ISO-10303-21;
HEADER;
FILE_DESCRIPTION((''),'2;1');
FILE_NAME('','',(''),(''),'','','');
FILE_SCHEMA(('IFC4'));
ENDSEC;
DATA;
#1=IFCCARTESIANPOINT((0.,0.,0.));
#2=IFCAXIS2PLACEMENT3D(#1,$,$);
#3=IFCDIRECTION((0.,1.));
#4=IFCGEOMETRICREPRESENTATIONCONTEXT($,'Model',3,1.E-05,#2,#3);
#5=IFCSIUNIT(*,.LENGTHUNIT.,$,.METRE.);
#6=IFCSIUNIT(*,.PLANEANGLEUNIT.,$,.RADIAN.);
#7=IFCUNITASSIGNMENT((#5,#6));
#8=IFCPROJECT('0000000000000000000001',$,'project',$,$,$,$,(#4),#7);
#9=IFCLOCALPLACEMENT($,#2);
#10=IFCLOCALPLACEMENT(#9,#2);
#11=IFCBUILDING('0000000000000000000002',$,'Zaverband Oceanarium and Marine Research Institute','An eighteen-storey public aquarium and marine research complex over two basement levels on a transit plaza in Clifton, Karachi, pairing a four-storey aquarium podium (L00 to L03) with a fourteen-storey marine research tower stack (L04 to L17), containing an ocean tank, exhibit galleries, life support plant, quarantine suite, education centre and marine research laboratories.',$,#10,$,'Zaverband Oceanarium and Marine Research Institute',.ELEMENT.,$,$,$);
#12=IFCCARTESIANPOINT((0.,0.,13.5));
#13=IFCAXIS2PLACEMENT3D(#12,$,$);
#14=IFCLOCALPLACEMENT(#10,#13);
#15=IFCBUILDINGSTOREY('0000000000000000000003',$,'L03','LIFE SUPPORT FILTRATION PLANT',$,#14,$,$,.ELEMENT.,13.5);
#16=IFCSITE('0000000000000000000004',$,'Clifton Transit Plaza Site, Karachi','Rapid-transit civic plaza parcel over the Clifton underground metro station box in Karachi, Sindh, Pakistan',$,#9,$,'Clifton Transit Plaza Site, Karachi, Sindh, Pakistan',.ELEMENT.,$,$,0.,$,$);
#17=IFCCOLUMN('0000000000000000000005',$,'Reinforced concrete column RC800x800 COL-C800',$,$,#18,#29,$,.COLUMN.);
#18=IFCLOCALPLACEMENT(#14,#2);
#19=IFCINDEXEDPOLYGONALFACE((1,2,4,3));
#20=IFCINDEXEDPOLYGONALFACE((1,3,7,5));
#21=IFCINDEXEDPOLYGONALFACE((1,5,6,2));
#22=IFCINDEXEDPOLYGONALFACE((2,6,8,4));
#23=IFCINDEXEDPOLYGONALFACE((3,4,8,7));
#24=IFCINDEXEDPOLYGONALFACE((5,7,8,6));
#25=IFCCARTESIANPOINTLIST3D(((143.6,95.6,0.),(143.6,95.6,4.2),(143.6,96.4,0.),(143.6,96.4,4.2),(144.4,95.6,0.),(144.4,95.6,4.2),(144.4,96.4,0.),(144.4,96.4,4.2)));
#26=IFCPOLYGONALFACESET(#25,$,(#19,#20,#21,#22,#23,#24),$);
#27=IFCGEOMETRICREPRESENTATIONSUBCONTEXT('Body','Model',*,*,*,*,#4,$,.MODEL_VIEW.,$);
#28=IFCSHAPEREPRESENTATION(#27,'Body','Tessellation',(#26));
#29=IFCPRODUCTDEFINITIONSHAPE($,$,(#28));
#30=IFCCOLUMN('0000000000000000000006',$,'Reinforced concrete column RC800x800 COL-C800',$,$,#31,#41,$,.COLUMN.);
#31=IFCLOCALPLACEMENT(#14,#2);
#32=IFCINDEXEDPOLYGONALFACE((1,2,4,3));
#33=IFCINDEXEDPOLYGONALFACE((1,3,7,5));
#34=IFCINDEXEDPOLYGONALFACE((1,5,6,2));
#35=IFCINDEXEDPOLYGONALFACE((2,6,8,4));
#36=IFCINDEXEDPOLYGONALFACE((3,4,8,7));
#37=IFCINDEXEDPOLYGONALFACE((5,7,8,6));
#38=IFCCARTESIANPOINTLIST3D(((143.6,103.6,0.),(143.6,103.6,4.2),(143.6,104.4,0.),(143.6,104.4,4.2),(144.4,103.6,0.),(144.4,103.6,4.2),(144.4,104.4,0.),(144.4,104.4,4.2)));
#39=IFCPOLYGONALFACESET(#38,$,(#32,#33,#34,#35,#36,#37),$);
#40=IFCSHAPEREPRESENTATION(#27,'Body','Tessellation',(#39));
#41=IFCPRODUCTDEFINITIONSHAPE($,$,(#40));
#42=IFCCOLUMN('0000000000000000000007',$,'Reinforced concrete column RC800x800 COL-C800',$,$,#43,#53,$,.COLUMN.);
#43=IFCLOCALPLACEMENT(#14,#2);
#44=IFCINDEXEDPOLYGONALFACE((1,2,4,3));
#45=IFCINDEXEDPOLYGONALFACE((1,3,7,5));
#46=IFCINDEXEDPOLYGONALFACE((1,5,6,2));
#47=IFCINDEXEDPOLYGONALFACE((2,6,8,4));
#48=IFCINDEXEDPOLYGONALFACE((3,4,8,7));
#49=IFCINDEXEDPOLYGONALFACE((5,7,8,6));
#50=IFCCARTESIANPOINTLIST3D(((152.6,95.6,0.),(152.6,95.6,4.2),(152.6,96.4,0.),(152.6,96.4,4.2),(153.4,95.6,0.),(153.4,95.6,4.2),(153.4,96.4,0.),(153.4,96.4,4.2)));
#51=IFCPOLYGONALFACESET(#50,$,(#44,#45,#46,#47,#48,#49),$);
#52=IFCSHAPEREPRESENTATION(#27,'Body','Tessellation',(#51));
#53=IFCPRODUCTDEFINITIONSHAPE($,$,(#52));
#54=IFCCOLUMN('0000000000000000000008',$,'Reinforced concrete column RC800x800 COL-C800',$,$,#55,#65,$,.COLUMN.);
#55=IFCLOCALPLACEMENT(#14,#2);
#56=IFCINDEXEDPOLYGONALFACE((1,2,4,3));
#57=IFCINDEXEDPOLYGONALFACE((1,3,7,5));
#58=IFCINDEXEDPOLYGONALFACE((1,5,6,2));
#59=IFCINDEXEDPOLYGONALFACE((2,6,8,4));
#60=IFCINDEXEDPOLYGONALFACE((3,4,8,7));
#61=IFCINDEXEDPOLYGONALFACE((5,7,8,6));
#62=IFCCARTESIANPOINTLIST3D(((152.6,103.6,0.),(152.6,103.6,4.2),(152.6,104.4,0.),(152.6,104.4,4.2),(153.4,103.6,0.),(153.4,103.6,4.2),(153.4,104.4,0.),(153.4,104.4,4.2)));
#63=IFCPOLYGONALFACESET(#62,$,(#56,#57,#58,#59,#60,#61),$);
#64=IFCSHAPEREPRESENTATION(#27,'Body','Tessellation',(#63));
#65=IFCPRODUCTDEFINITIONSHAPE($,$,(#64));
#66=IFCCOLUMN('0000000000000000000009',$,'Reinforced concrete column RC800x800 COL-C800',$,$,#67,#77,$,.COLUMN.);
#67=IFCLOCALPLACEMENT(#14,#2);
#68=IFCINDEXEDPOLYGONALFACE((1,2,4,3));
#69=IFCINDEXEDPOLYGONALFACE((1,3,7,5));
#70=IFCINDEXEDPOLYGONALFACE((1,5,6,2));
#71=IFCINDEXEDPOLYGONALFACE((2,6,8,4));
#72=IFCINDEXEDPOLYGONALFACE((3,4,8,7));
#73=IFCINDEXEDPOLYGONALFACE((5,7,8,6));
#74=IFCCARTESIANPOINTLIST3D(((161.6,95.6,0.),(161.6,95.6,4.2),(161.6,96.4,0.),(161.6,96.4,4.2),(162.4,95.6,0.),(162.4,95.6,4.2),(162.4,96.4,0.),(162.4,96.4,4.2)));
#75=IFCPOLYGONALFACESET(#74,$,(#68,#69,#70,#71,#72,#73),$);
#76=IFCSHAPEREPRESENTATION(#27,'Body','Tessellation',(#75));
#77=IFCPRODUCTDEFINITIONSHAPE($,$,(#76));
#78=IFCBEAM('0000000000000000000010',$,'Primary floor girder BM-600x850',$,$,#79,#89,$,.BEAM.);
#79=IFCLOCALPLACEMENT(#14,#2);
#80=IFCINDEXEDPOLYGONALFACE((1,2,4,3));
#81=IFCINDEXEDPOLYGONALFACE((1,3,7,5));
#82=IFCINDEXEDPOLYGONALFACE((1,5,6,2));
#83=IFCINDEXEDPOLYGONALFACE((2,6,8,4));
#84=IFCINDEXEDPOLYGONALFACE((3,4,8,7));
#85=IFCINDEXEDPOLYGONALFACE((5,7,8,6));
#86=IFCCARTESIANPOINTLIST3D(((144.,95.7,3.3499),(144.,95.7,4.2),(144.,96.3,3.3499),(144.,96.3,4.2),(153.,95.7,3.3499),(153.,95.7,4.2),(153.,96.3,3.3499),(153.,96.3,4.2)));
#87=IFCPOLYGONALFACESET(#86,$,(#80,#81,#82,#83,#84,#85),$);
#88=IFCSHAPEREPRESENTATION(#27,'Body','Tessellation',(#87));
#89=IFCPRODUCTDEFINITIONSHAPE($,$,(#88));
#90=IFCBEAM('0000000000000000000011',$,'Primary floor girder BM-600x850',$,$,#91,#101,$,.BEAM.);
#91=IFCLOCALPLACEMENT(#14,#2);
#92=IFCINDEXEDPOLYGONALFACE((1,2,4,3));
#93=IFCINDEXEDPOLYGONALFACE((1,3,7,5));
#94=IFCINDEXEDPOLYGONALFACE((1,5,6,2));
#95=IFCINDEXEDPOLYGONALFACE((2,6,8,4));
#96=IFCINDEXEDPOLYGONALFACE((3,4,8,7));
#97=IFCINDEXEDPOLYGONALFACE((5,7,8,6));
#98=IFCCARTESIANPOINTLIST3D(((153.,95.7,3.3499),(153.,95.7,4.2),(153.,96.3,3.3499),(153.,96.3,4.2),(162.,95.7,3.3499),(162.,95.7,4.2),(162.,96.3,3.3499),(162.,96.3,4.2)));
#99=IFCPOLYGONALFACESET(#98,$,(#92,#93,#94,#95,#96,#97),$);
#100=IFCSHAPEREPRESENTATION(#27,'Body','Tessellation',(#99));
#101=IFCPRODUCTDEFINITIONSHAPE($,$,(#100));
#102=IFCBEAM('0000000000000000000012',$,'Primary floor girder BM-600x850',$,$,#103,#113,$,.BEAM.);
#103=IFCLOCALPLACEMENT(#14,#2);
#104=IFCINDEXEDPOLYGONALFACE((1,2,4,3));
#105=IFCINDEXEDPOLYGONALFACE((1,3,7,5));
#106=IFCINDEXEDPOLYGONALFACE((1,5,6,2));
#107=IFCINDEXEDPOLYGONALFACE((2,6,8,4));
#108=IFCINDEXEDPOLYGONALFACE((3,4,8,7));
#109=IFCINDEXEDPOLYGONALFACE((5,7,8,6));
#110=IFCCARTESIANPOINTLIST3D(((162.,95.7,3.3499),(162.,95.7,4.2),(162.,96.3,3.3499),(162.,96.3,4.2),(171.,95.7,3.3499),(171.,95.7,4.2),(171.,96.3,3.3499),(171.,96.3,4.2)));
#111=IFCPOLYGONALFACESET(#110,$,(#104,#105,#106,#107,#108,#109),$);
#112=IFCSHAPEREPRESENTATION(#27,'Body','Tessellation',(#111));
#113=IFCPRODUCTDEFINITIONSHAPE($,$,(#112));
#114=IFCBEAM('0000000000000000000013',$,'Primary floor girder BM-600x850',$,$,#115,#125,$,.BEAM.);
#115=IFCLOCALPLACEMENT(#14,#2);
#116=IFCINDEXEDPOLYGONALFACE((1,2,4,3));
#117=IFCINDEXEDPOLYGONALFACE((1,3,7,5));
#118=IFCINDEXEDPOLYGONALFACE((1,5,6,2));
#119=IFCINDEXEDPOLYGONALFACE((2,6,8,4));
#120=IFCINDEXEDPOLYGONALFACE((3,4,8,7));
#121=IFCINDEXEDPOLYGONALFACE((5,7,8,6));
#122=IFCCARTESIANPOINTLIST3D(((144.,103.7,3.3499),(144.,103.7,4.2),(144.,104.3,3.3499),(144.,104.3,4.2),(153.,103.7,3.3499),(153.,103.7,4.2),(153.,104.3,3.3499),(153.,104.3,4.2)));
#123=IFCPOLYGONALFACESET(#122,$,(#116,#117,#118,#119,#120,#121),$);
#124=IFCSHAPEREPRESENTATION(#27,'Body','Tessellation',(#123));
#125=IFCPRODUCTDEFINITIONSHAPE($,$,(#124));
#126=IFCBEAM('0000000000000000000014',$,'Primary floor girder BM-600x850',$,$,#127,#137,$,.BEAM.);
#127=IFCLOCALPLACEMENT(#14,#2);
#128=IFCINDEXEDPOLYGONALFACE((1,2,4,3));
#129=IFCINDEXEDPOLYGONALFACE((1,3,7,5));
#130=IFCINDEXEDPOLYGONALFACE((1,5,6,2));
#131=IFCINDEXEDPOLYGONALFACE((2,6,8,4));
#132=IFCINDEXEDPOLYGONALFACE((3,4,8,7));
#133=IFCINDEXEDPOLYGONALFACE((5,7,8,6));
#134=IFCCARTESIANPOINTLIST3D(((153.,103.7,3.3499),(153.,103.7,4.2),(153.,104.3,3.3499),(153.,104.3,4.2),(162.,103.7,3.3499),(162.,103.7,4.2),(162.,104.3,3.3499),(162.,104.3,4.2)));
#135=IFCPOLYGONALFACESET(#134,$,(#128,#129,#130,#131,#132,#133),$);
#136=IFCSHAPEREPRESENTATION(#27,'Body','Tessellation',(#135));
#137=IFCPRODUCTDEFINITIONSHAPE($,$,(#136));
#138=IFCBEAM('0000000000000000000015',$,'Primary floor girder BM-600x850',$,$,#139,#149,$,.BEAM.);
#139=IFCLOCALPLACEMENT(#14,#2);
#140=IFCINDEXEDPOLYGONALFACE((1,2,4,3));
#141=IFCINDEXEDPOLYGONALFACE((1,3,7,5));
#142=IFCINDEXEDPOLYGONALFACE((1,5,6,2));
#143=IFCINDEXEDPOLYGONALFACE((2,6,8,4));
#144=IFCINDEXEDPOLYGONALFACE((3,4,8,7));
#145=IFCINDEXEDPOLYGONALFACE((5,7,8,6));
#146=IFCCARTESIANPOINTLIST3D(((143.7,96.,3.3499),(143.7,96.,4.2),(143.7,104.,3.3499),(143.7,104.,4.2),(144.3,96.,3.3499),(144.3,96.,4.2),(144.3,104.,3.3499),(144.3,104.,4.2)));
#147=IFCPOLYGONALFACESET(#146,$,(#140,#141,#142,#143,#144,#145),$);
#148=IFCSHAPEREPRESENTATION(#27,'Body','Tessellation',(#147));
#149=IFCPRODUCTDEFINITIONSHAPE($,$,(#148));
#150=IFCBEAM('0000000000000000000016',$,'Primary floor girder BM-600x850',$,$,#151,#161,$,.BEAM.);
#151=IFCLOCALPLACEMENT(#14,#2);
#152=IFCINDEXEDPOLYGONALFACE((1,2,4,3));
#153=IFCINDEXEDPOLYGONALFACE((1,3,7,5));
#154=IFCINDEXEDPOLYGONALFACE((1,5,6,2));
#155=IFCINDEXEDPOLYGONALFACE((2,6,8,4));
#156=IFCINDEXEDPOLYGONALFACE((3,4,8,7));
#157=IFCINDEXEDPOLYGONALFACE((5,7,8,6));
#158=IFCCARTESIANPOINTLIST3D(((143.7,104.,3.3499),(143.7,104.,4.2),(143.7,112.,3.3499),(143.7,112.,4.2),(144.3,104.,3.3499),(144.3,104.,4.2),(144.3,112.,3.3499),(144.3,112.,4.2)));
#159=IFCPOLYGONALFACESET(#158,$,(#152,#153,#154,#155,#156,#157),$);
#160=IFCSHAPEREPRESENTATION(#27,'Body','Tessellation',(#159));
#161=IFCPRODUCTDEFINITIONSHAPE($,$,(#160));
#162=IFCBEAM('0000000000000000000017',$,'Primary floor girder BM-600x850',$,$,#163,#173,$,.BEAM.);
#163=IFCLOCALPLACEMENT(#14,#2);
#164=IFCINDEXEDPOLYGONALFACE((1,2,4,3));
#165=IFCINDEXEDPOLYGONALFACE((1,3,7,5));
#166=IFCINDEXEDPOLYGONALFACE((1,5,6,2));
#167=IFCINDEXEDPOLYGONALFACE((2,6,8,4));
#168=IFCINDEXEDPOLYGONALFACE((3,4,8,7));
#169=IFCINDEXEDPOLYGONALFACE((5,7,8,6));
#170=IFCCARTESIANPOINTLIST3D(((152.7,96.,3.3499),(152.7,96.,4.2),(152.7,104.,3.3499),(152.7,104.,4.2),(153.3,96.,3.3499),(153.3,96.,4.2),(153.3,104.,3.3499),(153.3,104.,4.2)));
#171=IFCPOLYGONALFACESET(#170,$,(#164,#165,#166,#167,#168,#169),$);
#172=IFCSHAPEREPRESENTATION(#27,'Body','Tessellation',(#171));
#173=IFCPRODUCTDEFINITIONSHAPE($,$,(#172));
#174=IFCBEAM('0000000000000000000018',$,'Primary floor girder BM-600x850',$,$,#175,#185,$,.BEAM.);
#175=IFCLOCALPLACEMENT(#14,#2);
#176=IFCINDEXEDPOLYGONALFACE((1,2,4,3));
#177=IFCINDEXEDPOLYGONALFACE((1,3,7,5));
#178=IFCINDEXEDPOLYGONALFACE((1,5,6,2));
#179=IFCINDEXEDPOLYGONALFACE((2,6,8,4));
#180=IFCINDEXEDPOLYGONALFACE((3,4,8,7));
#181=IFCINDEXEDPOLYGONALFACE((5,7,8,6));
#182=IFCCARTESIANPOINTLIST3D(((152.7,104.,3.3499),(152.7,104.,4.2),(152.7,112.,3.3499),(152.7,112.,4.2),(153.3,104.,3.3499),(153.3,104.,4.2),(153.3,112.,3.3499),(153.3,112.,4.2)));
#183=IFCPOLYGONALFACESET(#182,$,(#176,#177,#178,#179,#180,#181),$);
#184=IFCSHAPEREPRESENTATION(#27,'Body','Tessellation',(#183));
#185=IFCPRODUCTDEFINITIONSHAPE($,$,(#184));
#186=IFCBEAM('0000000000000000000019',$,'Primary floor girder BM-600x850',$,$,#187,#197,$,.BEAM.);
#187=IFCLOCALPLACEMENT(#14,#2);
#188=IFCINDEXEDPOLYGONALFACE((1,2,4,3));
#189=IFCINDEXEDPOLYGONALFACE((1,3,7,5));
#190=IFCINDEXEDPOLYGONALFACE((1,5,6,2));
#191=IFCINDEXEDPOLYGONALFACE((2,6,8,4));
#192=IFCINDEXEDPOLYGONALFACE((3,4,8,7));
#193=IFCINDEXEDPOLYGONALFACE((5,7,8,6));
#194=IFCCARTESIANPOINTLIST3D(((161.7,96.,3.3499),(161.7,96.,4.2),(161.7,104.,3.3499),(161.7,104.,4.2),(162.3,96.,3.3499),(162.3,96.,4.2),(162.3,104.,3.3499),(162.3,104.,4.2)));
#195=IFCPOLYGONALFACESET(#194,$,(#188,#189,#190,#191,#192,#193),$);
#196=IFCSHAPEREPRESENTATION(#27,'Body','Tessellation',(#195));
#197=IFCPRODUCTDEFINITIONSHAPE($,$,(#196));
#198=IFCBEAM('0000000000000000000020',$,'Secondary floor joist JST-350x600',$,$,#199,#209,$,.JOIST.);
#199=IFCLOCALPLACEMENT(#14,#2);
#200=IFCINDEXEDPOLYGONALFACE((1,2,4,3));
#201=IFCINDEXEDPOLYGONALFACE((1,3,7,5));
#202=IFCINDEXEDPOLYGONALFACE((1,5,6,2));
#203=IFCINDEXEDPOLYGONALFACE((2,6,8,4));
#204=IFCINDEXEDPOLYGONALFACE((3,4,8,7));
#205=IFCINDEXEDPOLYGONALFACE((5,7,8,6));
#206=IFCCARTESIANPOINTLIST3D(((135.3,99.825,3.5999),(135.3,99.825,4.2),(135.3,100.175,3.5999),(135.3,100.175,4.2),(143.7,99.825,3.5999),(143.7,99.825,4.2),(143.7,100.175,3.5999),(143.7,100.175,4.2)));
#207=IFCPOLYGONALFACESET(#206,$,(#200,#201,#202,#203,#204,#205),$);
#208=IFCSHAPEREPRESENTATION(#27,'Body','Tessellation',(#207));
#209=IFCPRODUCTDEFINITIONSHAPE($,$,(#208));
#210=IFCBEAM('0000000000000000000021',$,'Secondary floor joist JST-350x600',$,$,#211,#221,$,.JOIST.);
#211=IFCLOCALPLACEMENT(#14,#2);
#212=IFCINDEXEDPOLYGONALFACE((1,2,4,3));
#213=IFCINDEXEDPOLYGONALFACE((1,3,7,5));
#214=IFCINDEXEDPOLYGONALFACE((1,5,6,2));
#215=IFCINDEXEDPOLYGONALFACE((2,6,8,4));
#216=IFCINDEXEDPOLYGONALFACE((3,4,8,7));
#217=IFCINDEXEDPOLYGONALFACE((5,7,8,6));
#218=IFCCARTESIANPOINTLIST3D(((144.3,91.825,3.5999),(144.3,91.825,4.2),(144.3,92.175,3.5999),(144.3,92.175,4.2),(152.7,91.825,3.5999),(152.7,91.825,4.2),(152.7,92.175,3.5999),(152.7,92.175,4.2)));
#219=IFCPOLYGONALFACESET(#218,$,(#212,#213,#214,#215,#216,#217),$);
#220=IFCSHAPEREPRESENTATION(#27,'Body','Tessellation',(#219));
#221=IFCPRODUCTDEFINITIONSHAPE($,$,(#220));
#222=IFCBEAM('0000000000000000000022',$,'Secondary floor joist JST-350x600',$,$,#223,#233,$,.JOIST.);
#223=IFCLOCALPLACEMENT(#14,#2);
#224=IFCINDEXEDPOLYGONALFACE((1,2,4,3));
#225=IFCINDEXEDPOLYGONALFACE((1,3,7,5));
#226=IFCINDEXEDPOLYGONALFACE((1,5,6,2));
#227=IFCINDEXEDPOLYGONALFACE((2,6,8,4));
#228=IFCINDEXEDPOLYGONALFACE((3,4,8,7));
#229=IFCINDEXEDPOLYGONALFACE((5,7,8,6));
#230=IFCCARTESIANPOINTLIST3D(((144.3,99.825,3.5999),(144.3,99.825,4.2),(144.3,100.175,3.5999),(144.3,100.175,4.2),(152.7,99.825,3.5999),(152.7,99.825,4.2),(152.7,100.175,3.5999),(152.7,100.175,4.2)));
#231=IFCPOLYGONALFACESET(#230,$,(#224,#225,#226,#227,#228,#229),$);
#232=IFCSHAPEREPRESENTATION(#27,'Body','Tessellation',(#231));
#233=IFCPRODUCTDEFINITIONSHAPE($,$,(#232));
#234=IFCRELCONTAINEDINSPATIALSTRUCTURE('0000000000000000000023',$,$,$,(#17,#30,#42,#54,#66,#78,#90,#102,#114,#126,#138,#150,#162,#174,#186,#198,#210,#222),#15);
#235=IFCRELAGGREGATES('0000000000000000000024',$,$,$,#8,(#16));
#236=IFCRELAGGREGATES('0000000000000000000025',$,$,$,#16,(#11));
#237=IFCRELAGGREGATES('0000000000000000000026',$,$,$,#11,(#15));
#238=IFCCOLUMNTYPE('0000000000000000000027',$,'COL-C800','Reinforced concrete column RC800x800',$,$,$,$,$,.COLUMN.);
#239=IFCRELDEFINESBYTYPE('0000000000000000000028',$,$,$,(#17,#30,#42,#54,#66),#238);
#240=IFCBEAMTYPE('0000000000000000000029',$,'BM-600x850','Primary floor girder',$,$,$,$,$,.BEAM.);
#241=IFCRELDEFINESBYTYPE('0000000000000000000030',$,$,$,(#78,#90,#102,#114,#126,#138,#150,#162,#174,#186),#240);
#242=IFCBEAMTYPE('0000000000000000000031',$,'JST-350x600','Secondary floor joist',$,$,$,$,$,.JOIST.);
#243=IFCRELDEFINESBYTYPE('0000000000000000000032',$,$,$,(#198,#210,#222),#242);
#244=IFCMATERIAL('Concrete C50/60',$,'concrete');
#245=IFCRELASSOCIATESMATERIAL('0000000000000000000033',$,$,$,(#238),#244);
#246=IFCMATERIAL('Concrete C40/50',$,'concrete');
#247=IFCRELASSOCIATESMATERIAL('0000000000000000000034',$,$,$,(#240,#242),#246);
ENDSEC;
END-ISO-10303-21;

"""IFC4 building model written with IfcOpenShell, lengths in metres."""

from ifc_helpers import new_model, si_unit, direction, frame, origin, origin_2d, place, context, subcontext, project, spatial, rectangle, extrude, material, material_profile, profile_set, type_object, element, save


model = new_model("IFC4")

# Units and contexts
model_context = context("Model", 3, precision=1e-05, world=origin(), true_north=direction((0.0, 1.0)))
body_context = subcontext(model_context, "Body", "Model", "MODEL_VIEW")
ifc_project = project(units=[si_unit("LENGTHUNIT", "METRE"), si_unit("PLANEANGLEUNIT", "RADIAN")], contexts=[model_context])

# Site, building, storey
site_placement = place(None, origin())
site = spatial("IfcSite", under=ifc_project, at=site_placement, Name="Clifton Transit Plaza Site, Karachi", Description="Rapid-transit civic plaza parcel over the Clifton underground metro station box in Karachi, Sindh, Pakistan", LongName="Clifton Transit Plaza Site, Karachi, Sindh, Pakistan", CompositionType="ELEMENT", RefElevation=0.0)
building_placement = place(site_placement, origin())
building = spatial("IfcBuilding", under=site, at=building_placement, Name="Zaverband Oceanarium and Marine Research Institute", Description="An eighteen-storey public aquarium and marine research complex over two basement levels on a transit plaza in Clifton, Karachi, pairing a four-storey aquarium podium (L00 to L03) with a fourteen-storey marine research tower stack (L04 to L17), containing an ocean tank, exhibit galleries, life support plant, quarantine suite, education centre and marine research laboratories.", LongName="Zaverband Oceanarium and Marine Research Institute", CompositionType="ELEMENT")
storey_placement = place(building_placement, frame((0.0, 0.0, 13.5)))
storey = spatial("IfcBuildingStorey", under=building, at=storey_placement, Name="L03", Description="LIFE SUPPORT FILTRATION PLANT", CompositionType="ELEMENT", Elevation=13.5)

# Columns
ifc_material_1 = material(Name="Concrete C50/60", Category="concrete")
ifc_material_profile_1 = material_profile(ifc_material_1, rectangle(XDim=0.8, YDim=0.8, at=origin_2d()), Name="RC800x800")
ifc_profile_set_1 = profile_set([ifc_material_profile_1], Name="Concrete C50/60")
column_type = type_object("IfcColumnType", Name="COL-C800", Description="Reinforced concrete column RC800x800", PredefinedType="COLUMN", material=ifc_profile_set_1)
for number, where, z_axis, x_axis, name in (
    (1, (144.0, 96.0, 0.0), (0.0, 0.0, 1.0), (1.0, 0.0, 0.0), "Reinforced concrete column RC800x800 COL-C800"),
    (2, (144.0, 104.0, 0.0), (0.0, 0.0, 1.0), (1.0, 0.0, 0.0), "Reinforced concrete column RC800x800 COL-C800"),
    (3, (153.0, 96.0, 0.0), (0.0, 0.0, 1.0), (1.0, 0.0, 0.0), "Reinforced concrete column RC800x800 COL-C800"),
    (4, (153.0, 104.0, 0.0), (0.0, 0.0, 1.0), (1.0, 0.0, 0.0), "Reinforced concrete column RC800x800 COL-C800"),
    (5, (162.0, 96.0, 0.0), (0.0, 0.0, 1.0), (1.0, 0.0, 0.0), "Reinforced concrete column RC800x800 COL-C800"),
):
    element("IfcColumn", number, at=place(storey_placement, frame(where, z_axis=z_axis, x_axis=x_axis)), inside=storey, type_object=column_type, Name=name, PredefinedType="COLUMN", context=body_context, shape_type="SweptSolid", body=[
        extrude(rectangle(XDim=0.8, YDim=0.8, at=origin_2d()), origin(), (0.0, 0.0, 1.0), 4.2),
    ])

# Beams
ifc_material_2 = material(Name="Concrete C40/50", Category="concrete")
ifc_material_profile_2 = material_profile(ifc_material_2, rectangle(XDim=0.6001, YDim=0.8501, at=origin_2d()), Name="RC600x850")
ifc_profile_set_2 = profile_set([ifc_material_profile_2], Name="Concrete C40/50")
beam_type_1 = type_object("IfcBeamType", Name="BM-600x850", Description="Primary floor girder", PredefinedType="BEAM", material=ifc_profile_set_2)
for number, where, z_axis, x_axis, name in (
    (6, (144.0, 96.0, 3.7749), (1.0, 0.0, 0.0), (0.0, 1.0, 0.0), "Primary floor girder BM-600x850"),
    (7, (153.0, 96.0, 3.7749), (1.0, 0.0, 0.0), (0.0, 1.0, 0.0), "Primary floor girder BM-600x850"),
    (8, (162.0, 96.0, 3.7749), (1.0, 0.0, 0.0), (0.0, 1.0, 0.0), "Primary floor girder BM-600x850"),
    (9, (144.0, 104.0, 3.7749), (1.0, 0.0, 0.0), (0.0, 1.0, 0.0), "Primary floor girder BM-600x850"),
    (10, (153.0, 104.0, 3.7749), (1.0, 0.0, 0.0), (0.0, 1.0, 0.0), "Primary floor girder BM-600x850"),
):
    element("IfcBeam", number, at=place(storey_placement, frame(where, z_axis=z_axis, x_axis=x_axis)), inside=storey, type_object=beam_type_1, Name=name, PredefinedType="BEAM", context=body_context, shape_type="SweptSolid", body=[
        extrude(rectangle(XDim=0.6001, YDim=0.8501, at=origin_2d()), origin(), (0.0, 0.0, 1.0), 9.0),
    ])
for number, where, z_axis, x_axis, name in (
    (11, (144.0, 96.0, 3.7749), (0.0, 1.0, 0.0), (-1.0, 0.0, 0.0), "Primary floor girder BM-600x850"),
    (12, (144.0, 104.0, 3.7749), (0.0, 1.0, 0.0), (-1.0, 0.0, 0.0), "Primary floor girder BM-600x850"),
    (13, (153.0, 96.0, 3.7749), (0.0, 1.0, 0.0), (-1.0, 0.0, 0.0), "Primary floor girder BM-600x850"),
    (14, (153.0, 104.0, 3.7749), (0.0, 1.0, 0.0), (-1.0, 0.0, 0.0), "Primary floor girder BM-600x850"),
    (15, (162.0, 96.0, 3.7749), (0.0, 1.0, 0.0), (-1.0, 0.0, 0.0), "Primary floor girder BM-600x850"),
):
    element("IfcBeam", number, at=place(storey_placement, frame(where, z_axis=z_axis, x_axis=x_axis)), inside=storey, type_object=beam_type_1, Name=name, PredefinedType="BEAM", context=body_context, shape_type="SweptSolid", body=[
        extrude(rectangle(XDim=0.6001, YDim=0.8501, at=origin_2d()), origin(), (0.0, 0.0, 1.0), 8.0),
    ])
ifc_material_profile_3 = material_profile(ifc_material_2, rectangle(XDim=0.3501, YDim=0.6001, at=origin_2d()), Name="RC350x600")
ifc_profile_set_3 = profile_set([ifc_material_profile_3], Name="Concrete C40/50")
beam_type_2 = type_object("IfcBeamType", Name="JST-350x600", Description="Secondary floor joist", PredefinedType="JOIST", material=ifc_profile_set_3)
for number, where, z_axis, x_axis, name in (
    (16, (135.3, 100.0, 3.8999), (1.0, 0.0, 0.0), (0.0, 1.0, 0.0), "Secondary floor joist JST-350x600"),
    (17, (144.3, 92.0, 3.8999), (1.0, 0.0, 0.0), (0.0, 1.0, 0.0), "Secondary floor joist JST-350x600"),
    (18, (144.3, 100.0, 3.8999), (1.0, 0.0, 0.0), (0.0, 1.0, 0.0), "Secondary floor joist JST-350x600"),
):
    element("IfcBeam", number, at=place(storey_placement, frame(where, z_axis=z_axis, x_axis=x_axis)), inside=storey, type_object=beam_type_2, Name=name, PredefinedType="JOIST", context=body_context, shape_type="SweptSolid", body=[
        extrude(rectangle(XDim=0.3501, YDim=0.6001, at=origin_2d()), origin(), (0.0, 0.0, 1.0), 8.3999),
    ])

save(model, "model.ifc")
